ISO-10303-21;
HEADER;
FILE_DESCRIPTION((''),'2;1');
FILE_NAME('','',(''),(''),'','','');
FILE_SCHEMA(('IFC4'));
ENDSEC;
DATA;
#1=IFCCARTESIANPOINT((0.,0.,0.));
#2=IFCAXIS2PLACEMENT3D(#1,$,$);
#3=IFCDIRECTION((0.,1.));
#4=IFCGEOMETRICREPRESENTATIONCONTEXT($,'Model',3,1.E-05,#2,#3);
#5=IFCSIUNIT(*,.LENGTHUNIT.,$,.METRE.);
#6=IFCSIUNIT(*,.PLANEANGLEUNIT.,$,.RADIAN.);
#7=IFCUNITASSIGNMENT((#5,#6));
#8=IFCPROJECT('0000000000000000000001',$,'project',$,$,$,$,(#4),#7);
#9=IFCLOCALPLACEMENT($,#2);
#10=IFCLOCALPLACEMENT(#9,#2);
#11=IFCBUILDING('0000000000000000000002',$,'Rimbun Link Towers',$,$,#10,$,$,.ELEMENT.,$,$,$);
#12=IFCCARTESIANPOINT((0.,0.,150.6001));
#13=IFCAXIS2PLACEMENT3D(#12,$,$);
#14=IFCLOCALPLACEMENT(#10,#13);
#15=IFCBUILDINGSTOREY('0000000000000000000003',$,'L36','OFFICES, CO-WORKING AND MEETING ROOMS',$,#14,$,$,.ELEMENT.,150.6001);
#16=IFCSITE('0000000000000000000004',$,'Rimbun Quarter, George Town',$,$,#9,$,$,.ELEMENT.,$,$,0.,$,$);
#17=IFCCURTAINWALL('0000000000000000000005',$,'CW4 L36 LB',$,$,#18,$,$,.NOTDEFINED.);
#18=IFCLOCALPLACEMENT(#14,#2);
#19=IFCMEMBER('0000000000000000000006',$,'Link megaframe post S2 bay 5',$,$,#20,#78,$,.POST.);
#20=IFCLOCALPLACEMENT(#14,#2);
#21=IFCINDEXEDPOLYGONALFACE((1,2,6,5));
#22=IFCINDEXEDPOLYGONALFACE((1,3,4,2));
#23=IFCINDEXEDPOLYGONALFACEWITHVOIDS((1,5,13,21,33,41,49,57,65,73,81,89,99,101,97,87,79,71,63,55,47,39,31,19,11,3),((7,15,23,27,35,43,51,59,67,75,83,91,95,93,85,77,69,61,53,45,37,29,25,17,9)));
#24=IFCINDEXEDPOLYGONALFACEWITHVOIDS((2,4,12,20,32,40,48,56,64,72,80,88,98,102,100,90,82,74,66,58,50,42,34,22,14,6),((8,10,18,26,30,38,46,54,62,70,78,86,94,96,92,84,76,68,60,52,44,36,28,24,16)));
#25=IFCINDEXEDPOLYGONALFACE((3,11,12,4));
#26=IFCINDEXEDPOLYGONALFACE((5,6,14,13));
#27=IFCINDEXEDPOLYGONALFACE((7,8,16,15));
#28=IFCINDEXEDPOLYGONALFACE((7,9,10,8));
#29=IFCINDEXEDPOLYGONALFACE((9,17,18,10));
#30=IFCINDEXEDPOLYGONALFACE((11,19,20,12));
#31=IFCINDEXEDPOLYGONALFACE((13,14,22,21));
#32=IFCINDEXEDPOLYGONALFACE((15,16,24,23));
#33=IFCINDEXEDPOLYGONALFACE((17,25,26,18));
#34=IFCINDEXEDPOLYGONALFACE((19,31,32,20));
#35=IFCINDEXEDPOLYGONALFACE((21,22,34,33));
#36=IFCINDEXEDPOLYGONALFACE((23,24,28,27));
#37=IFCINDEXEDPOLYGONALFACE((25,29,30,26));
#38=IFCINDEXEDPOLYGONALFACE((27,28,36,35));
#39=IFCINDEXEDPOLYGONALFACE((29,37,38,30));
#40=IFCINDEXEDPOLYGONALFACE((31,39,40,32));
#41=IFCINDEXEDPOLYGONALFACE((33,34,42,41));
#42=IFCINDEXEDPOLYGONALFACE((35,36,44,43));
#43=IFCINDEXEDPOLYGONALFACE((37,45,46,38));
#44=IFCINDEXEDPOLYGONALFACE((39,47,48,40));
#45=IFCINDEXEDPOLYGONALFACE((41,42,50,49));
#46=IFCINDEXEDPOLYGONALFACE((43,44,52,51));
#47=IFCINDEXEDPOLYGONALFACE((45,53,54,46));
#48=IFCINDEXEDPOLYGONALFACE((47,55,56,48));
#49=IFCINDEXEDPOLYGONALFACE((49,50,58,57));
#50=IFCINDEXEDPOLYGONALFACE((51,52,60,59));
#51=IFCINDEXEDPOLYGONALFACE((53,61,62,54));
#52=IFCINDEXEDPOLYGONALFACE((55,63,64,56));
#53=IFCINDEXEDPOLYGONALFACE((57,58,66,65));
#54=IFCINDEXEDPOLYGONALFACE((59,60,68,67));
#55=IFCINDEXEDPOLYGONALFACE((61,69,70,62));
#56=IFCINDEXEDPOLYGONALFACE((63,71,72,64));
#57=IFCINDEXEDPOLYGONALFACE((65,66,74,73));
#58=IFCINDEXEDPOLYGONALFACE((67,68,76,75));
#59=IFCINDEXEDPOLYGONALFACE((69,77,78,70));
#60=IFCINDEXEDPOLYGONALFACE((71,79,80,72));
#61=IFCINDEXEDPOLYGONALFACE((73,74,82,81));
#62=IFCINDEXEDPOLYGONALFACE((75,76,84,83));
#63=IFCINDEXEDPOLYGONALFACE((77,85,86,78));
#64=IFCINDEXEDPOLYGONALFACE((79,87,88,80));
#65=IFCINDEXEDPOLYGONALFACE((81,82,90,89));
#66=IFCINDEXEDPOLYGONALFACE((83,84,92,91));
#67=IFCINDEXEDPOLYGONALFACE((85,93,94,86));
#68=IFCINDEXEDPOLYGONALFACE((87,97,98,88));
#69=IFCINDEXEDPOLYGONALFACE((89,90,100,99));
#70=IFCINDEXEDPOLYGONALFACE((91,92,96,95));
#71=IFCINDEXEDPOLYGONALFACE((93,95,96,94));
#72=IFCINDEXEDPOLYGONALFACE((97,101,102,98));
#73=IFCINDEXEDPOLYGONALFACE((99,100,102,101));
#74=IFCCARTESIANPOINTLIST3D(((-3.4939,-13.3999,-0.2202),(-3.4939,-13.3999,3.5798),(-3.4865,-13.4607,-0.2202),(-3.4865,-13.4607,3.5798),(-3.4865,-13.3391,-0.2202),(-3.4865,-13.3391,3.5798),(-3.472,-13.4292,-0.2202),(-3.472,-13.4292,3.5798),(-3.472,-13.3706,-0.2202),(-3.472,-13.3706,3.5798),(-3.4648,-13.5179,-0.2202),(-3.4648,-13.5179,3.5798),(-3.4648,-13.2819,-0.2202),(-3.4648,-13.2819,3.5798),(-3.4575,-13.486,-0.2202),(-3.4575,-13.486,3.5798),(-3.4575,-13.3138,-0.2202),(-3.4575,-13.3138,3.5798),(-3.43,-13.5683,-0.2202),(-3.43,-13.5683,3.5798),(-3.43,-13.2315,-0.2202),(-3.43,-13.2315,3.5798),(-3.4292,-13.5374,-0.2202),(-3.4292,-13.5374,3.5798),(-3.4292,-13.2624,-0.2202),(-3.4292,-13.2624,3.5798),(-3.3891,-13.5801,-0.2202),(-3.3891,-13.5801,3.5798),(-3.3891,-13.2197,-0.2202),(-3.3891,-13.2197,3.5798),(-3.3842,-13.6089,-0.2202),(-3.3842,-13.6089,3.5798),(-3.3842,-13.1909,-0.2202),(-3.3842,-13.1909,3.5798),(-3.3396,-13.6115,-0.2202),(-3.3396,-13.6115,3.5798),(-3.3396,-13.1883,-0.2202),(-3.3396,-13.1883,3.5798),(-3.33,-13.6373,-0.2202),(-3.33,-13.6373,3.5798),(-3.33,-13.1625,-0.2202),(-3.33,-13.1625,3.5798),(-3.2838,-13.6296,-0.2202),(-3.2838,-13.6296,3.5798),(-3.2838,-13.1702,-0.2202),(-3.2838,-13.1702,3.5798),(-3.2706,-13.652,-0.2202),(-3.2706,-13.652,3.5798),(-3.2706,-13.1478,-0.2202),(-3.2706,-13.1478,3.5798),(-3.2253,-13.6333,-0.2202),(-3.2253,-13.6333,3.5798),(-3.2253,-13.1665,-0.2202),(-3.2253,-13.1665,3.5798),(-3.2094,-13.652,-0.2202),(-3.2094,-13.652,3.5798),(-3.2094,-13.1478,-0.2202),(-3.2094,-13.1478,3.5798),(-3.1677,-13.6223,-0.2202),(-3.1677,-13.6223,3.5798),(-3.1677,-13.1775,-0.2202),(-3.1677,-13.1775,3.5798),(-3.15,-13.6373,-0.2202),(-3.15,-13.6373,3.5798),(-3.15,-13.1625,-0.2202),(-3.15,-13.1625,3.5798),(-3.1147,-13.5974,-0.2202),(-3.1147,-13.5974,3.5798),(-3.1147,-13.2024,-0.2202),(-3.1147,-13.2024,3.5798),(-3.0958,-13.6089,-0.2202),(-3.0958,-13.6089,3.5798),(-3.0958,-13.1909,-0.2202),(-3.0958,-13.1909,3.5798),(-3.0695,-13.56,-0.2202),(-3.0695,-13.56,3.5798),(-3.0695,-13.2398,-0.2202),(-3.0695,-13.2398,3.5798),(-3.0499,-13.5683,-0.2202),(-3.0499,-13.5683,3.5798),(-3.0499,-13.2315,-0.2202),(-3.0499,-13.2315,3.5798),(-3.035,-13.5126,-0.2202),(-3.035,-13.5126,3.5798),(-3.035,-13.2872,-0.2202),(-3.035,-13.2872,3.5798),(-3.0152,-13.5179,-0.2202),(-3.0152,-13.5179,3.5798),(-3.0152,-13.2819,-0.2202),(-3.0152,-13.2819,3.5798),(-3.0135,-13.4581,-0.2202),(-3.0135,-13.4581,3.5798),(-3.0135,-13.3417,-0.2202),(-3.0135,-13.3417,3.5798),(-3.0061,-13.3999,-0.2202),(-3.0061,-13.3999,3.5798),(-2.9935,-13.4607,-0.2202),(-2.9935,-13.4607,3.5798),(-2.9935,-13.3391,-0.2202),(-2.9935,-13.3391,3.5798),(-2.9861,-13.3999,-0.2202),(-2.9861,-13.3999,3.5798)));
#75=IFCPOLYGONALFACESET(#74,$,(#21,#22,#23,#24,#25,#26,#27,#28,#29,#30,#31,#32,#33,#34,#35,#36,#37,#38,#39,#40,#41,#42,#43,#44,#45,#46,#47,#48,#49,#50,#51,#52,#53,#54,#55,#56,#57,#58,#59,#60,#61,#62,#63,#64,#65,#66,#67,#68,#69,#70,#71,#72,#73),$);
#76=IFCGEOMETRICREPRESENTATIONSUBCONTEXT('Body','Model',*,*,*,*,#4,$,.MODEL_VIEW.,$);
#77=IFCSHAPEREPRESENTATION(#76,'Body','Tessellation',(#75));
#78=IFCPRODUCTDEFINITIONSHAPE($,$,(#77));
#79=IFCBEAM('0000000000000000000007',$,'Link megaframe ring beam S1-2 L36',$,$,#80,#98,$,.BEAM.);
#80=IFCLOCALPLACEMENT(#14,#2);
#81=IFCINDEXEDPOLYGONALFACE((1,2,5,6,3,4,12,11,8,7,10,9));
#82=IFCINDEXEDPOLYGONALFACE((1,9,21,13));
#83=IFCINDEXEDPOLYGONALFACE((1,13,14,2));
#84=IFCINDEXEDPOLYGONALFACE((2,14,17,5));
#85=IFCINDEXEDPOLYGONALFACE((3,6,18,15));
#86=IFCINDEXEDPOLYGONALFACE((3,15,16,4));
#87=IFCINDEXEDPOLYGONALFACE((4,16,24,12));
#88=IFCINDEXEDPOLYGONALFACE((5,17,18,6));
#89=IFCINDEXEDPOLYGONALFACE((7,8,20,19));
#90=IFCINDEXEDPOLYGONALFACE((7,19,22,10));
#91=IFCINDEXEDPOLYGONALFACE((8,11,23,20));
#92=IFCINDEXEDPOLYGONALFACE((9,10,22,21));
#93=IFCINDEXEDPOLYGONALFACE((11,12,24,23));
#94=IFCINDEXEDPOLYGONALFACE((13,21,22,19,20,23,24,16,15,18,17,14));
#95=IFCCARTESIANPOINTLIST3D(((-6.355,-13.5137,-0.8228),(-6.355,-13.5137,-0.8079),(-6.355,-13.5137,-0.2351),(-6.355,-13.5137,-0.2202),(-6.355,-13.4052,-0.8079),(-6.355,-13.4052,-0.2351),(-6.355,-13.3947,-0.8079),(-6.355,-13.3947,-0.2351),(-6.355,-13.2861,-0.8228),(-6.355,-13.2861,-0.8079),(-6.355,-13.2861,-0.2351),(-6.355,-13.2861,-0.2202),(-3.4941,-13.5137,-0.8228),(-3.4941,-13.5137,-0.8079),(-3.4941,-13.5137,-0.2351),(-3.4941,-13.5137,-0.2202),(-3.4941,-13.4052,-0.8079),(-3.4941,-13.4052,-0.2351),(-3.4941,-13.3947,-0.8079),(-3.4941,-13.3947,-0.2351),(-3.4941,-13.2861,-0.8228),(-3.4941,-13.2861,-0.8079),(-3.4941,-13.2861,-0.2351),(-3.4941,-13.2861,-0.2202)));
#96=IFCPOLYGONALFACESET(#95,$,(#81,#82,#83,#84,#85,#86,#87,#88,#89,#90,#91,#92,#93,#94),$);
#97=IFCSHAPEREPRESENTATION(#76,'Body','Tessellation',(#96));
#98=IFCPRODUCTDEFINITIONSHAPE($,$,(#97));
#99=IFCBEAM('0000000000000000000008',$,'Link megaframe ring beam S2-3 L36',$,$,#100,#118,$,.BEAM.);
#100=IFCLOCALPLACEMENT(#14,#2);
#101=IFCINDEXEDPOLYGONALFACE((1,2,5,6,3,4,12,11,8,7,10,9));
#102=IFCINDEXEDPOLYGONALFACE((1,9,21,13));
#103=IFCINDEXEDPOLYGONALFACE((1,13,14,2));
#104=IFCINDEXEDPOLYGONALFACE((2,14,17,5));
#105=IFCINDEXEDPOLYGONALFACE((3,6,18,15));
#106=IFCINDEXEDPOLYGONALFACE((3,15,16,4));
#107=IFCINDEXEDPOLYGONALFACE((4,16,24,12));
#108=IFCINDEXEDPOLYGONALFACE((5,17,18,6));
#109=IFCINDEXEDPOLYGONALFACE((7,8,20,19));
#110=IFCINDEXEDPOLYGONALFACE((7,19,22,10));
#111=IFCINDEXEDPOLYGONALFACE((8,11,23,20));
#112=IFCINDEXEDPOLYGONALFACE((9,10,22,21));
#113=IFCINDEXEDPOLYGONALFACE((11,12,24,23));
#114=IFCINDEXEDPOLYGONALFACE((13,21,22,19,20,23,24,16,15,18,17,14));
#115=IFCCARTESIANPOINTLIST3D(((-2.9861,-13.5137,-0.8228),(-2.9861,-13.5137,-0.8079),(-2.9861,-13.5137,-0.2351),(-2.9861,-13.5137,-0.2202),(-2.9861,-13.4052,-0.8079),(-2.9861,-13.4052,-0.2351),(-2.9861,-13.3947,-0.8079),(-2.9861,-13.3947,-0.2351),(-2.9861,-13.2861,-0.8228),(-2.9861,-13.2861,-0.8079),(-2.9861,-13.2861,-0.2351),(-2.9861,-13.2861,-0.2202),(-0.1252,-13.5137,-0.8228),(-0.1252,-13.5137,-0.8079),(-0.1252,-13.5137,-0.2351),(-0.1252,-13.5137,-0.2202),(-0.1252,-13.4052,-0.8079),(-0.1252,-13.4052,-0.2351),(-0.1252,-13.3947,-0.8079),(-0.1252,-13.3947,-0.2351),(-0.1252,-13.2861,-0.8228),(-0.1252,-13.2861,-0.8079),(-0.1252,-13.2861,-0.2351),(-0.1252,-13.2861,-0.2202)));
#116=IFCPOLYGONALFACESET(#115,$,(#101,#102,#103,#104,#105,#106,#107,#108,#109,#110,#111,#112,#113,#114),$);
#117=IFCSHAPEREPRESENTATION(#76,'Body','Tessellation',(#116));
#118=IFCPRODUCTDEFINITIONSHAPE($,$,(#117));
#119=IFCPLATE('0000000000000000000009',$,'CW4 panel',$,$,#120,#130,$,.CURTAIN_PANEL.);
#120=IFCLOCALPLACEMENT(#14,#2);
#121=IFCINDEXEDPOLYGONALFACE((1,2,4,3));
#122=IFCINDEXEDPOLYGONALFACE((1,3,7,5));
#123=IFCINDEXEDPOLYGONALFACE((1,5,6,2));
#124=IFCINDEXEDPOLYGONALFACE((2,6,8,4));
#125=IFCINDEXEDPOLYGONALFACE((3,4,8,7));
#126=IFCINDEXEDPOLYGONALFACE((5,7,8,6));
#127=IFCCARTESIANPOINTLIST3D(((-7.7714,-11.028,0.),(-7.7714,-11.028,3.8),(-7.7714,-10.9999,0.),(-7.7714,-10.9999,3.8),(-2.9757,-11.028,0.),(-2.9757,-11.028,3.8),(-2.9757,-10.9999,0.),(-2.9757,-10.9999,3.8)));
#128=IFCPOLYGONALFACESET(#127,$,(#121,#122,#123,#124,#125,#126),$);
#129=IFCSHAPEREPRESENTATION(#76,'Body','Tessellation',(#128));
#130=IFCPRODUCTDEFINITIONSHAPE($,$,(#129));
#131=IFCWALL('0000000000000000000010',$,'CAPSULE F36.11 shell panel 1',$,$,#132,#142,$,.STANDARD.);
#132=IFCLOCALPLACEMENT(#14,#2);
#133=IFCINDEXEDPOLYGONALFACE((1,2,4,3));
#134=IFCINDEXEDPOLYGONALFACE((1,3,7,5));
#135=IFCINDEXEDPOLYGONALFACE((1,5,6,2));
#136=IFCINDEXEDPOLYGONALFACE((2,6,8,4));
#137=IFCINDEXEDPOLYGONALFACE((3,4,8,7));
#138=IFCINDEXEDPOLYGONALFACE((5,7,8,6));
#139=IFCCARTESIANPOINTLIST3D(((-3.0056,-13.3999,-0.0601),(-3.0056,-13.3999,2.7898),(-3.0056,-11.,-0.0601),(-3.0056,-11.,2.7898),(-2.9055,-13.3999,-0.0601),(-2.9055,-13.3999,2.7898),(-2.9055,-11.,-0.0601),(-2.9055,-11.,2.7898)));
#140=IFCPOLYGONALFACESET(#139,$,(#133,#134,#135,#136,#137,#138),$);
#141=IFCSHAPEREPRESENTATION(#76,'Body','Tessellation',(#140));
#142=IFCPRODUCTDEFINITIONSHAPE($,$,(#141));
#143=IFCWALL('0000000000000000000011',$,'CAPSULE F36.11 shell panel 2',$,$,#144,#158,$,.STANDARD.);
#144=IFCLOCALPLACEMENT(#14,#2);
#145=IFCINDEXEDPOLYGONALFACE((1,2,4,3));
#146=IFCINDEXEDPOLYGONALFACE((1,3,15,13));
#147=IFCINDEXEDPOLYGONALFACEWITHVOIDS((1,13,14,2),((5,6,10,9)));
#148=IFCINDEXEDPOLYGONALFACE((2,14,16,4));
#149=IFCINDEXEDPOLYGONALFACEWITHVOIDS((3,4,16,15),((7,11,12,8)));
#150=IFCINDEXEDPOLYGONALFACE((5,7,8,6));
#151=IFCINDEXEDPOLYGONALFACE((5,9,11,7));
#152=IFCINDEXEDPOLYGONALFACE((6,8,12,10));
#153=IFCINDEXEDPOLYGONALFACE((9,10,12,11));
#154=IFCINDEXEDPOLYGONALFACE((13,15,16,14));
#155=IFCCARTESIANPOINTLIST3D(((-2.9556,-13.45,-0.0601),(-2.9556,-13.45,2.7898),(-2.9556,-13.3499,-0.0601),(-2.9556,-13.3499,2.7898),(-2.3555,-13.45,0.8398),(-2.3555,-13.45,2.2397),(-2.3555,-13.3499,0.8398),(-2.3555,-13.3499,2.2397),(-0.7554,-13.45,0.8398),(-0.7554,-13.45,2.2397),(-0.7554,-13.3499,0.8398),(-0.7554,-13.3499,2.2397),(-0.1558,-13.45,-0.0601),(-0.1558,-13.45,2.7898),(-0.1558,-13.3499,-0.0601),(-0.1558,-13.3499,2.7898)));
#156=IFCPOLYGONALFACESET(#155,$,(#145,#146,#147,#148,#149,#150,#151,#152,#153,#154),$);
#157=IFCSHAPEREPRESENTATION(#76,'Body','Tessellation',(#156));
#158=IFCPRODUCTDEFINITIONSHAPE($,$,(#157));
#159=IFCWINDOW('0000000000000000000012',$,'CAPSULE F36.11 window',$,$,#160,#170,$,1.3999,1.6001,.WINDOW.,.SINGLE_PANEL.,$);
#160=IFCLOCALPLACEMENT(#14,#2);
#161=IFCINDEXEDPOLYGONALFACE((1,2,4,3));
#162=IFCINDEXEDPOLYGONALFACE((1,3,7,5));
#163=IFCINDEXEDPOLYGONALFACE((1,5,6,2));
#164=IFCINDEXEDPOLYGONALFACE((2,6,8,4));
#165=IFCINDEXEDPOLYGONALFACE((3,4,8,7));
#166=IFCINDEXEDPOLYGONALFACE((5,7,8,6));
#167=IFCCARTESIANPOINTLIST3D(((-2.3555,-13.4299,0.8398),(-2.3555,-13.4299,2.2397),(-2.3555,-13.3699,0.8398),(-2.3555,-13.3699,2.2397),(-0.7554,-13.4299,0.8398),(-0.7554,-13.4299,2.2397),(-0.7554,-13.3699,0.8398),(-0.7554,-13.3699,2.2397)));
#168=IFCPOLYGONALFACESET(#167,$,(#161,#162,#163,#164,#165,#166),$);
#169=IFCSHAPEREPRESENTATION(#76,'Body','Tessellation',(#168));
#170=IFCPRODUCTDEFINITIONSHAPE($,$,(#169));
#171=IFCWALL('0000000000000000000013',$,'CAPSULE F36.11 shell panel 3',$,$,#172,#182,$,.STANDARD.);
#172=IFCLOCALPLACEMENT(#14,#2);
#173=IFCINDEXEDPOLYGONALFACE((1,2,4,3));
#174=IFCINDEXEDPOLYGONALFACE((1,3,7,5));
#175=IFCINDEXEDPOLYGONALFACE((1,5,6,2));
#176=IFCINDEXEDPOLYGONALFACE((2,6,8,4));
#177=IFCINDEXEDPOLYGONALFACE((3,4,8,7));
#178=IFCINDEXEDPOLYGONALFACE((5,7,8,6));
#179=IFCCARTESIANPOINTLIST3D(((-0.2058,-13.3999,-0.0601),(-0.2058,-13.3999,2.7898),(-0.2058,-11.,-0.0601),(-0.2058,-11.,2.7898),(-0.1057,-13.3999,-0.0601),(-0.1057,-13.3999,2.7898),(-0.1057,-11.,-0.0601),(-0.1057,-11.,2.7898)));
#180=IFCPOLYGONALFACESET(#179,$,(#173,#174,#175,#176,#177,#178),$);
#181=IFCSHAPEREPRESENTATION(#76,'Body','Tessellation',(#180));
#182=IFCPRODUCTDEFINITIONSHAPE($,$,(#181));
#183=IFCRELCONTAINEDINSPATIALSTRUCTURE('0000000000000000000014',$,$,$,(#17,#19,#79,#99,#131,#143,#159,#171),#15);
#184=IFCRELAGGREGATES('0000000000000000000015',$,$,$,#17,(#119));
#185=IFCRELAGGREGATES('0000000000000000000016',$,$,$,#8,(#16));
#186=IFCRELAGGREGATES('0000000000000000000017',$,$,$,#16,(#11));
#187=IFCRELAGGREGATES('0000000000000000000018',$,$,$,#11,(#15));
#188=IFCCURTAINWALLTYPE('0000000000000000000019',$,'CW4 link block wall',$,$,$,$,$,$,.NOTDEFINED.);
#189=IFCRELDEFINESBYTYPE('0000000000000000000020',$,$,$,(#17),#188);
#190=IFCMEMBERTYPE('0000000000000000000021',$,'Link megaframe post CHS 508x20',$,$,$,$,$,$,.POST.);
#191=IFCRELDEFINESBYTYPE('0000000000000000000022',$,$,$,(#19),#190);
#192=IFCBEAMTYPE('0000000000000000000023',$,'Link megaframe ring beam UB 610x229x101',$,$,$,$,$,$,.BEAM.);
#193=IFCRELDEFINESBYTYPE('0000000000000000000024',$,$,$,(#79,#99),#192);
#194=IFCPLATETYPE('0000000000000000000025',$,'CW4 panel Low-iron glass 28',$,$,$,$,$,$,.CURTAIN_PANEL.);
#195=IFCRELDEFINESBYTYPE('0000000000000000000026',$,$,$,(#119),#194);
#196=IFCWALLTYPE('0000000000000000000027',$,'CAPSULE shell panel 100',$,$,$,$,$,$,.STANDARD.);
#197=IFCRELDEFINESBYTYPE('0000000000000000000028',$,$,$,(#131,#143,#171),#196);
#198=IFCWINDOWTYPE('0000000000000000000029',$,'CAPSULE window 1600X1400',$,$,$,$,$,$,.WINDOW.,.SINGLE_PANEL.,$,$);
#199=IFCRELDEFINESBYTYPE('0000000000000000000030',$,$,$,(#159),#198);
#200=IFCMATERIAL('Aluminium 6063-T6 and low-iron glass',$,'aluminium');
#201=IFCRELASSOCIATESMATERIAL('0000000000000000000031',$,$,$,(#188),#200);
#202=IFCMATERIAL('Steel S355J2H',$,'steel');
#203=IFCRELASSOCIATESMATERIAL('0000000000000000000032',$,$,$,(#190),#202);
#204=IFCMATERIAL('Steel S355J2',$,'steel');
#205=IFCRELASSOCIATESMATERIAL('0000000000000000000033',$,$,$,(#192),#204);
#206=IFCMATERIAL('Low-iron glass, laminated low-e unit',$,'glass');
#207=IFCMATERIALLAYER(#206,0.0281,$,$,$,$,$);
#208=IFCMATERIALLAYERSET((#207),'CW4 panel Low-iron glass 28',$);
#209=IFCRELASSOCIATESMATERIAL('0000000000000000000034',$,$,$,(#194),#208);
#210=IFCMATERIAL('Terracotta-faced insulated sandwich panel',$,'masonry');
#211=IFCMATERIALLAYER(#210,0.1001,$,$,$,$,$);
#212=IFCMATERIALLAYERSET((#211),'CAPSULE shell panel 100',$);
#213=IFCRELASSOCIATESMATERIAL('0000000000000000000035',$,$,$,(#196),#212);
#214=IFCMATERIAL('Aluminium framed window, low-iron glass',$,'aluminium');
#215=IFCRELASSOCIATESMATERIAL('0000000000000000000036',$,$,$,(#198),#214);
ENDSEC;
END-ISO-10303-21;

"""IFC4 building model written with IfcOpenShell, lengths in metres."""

from ifc_helpers import new_model, si_unit, direction, frame, frame_2d, origin, origin_2d, place, context, subcontext, project, spatial, rectangle, hollow_circle, i_section, extrude, material, layer, layer_set, material_profile, profile_set, type_object, element, fill, aggregate, save


model = new_model("IFC4")

# Units and contexts
model_context = context("Model", 3, precision=1e-05, world=origin(), true_north=direction((0.0, 1.0)))
body_context = subcontext(model_context, "Body", "Model", "MODEL_VIEW")
ifc_project = project(units=[si_unit("LENGTHUNIT", "METRE"), si_unit("PLANEANGLEUNIT", "RADIAN")], contexts=[model_context])

# Site, building, storey
site_placement = place(None, origin())
site = spatial("IfcSite", under=ifc_project, at=site_placement, Name="Rimbun Quarter, George Town", CompositionType="ELEMENT", RefElevation=0.0)
building_placement = place(site_placement, origin())
building = spatial("IfcBuilding", under=site, at=building_placement, Name="Rimbun Link Towers", CompositionType="ELEMENT")
storey_placement = place(building_placement, frame((0.0, 0.0, 150.6001)))
storey = spatial("IfcBuildingStorey", under=building, at=storey_placement, Name="L36", Description="OFFICES, CO-WORKING AND MEETING ROOMS", CompositionType="ELEMENT", Elevation=150.6001)

# Curtain wall
ifc_material_1 = material(Name="Aluminium 6063-T6 and low-iron glass", Category="aluminium")
curtain_wall_type = type_object("IfcCurtainWallType", Name="CW4 link block wall", PredefinedType="NOTDEFINED", material=ifc_material_1)
curtain_wall_placement = place(storey_placement, origin())
curtain_wall = element("IfcCurtainWall", 1, at=curtain_wall_placement, inside=storey, type_object=curtain_wall_type, Name="CW4 L36 LB", PredefinedType="NOTDEFINED")

# Member
ifc_material_2 = material(Name="Steel S355J2H", Category="steel")
ifc_material_profile_1 = material_profile(ifc_material_2, hollow_circle(Radius=0.2539, WallThickness=0.02, at=origin_2d()), Name="CHS 508x20")
ifc_profile_set_1 = profile_set([ifc_material_profile_1], Name="Steel S355J2H")
member_type_1 = type_object("IfcMemberType", Name="Link megaframe post CHS 508x20", PredefinedType="POST", material=ifc_profile_set_1)
for number, where, z_axis, x_axis, name in (
    (2, (-3.24, -13.3999, -0.2202), (0.0, 0.0, 1.0), (1.0, 0.0, 0.0), "Link megaframe post S2 bay 5"),
):
    element("IfcMember", number, at=place(storey_placement, frame(where, z_axis=z_axis, x_axis=x_axis)), inside=storey, type_object=member_type_1, Name=name, PredefinedType="POST", context=body_context, shape_type="SweptSolid", body=[
        extrude(hollow_circle(Radius=0.2539, WallThickness=0.02, at=origin_2d()), origin(), (0.0, 0.0, 1.0), 3.8),
    ])

# Beams
ifc_material_3 = material(Name="Steel S355J2", Category="steel")
ifc_material_profile_2 = material_profile(ifc_material_3, i_section(OverallWidth=0.2275, OverallDepth=0.6025, WebThickness=0.0105, FlangeThickness=0.0149, at=origin_2d()), Name="UB 610x229x101")
ifc_profile_set_2 = profile_set([ifc_material_profile_2], Name="Steel S355J2")
beam_type_1 = type_object("IfcBeamType", Name="Link megaframe ring beam UB 610x229x101", PredefinedType="BEAM", material=ifc_profile_set_2)
for number, where, z_axis, x_axis, name in (
    (3, (-6.355, -13.3999, -0.5215), (1.0, 0.0, 0.0), (0.0, 1.0, 0.0), "Link megaframe ring beam S1-2 L36"),
    (4, (-2.9861, -13.3999, -0.5215), (1.0, 0.0, 0.0), (0.0, 1.0, 0.0), "Link megaframe ring beam S2-3 L36"),
):
    element("IfcBeam", number, at=place(storey_placement, frame(where, z_axis=z_axis, x_axis=x_axis)), inside=storey, type_object=beam_type_1, Name=name, PredefinedType="BEAM", context=body_context, shape_type="SweptSolid", body=[
        extrude(i_section(OverallWidth=0.2275, OverallDepth=0.6025, WebThickness=0.0105, FlangeThickness=0.0149, at=origin_2d()), origin(), (0.0, 0.0, 1.0), 2.8608),
    ])

# Plate
ifc_material_4 = material(Name="Low-iron glass, laminated low-e unit", Category="glass")
ifc_layer_1 = layer(ifc_material_4, 0.0281)
ifc_layer_set_1 = layer_set([ifc_layer_1], Name="CW4 panel Low-iron glass 28")
plate_type = type_object("IfcPlateType", Name="CW4 panel Low-iron glass 28", PredefinedType="CURTAIN_PANEL", material=ifc_layer_set_1)
plate_placement = place(storey_placement, frame((-5.3735, -11.0139, 0.0), z_axis=(0.0, 0.0, 1.0), x_axis=(-1.0, 0.0, 0.0)))
plate = element("IfcPlate", 5, at=plate_placement, type_object=plate_type, Name="CW4 panel", PredefinedType="CURTAIN_PANEL", context=body_context, shape_type="SweptSolid", body=[
    extrude(rectangle(XDim=4.7957, YDim=0.0281, at=origin_2d()), origin(), (0.0, 0.0, 1.0), 3.8),
])
aggregate(curtain_wall, [plate])

# Wall
ifc_material_5 = material(Name="Terracotta-faced insulated sandwich panel", Category="masonry")
ifc_layer_2 = layer(ifc_material_5, 0.1001)
ifc_layer_set_2 = layer_set([ifc_layer_2], Name="CAPSULE shell panel 100")
wall_type_1 = type_object("IfcWallType", Name="CAPSULE shell panel 100", PredefinedType="STANDARD", material=ifc_layer_set_2)
wall_1_placement = place(storey_placement, frame((-2.9556, -11.0, -0.0601), z_axis=(0.0, 0.0, 1.0), x_axis=(0.0, -1.0, 0.0)))
element("IfcWall", 6, at=wall_1_placement, inside=storey, type_object=wall_type_1, Name="CAPSULE F36.11 shell panel 1", PredefinedType="STANDARD", context=body_context, shape_type="SweptSolid", body=[
    extrude(rectangle(XDim=2.3999, YDim=0.1001, at=frame_2d((1.2, 0.0))), origin(), (0.0, 0.0, 1.0), 2.8499),
])

# Wall, opening, window
wall_2_placement = place(storey_placement, frame((-2.9556, -13.3999, -0.0601), z_axis=(0.0, 0.0, 1.0), x_axis=(1.0, 0.0, 0.0)))
wall_2 = element("IfcWall", 7, at=wall_2_placement, inside=storey, type_object=wall_type_1, Name="CAPSULE F36.11 shell panel 2", PredefinedType="STANDARD", context=body_context, shape_type="SweptSolid", body=[
    extrude(rectangle(XDim=2.7998, YDim=0.1001, at=frame_2d((1.3999, 0.0))), origin(), (0.0, 0.0, 1.0), 2.8499),
])
opening_placement = place(wall_2_placement, frame((0.6001, 0.0, 0.8999)))
opening = element("IfcOpeningElement", 8, at=opening_placement, cuts=wall_2, PredefinedType="OPENING", context=body_context, shape_type="SweptSolid", body=[
    extrude(rectangle(XDim=1.6001, YDim=1.3999, at=frame_2d((0.8, 0.7))), frame((0.0, 0.0601, 0.0), z_axis=(0.0, -1.0, 0.0), x_axis=(1.0, 0.0, 0.0)), (0.0, 0.0, 1.0), 0.1201),
])
ifc_material_6 = material(Name="Aluminium framed window, low-iron glass", Category="aluminium")
window_type = type_object("IfcWindowType", Name="CAPSULE window 1600X1400", PartitioningType="SINGLE_PANEL", PredefinedType="WINDOW", material=ifc_material_6)
window_placement = place(opening_placement, origin())
window = element("IfcWindow", 9, at=window_placement, inside=storey, type_object=window_type, Name="CAPSULE F36.11 window", OverallHeight=1.3999, OverallWidth=1.6001, PartitioningType="SINGLE_PANEL", PredefinedType="WINDOW", context=body_context, shape_type="SweptSolid", body=[
    extrude(rectangle(XDim=1.6001, YDim=1.3999, at=frame_2d((0.8, 0.7))), frame((0.0, 0.03, 0.0), z_axis=(0.0, -1.0, 0.0), x_axis=(1.0, 0.0, 0.0)), (0.0, 0.0, 1.0), 0.0601),
])
fill(opening, window)

# Wall
wall_3_placement = place(storey_placement, frame((-0.1558, -13.3999, -0.0601), z_axis=(0.0, 0.0, 1.0), x_axis=(0.0, 1.0, 0.0)))
element("IfcWall", 10, at=wall_3_placement, inside=storey, type_object=wall_type_1, Name="CAPSULE F36.11 shell panel 3", PredefinedType="STANDARD", context=body_context, shape_type="SweptSolid", body=[
    extrude(rectangle(XDim=2.3999, YDim=0.1001, at=frame_2d((1.2, 0.0))), origin(), (0.0, 0.0, 1.0), 2.8499),
])

save(model, "model.ifc")
